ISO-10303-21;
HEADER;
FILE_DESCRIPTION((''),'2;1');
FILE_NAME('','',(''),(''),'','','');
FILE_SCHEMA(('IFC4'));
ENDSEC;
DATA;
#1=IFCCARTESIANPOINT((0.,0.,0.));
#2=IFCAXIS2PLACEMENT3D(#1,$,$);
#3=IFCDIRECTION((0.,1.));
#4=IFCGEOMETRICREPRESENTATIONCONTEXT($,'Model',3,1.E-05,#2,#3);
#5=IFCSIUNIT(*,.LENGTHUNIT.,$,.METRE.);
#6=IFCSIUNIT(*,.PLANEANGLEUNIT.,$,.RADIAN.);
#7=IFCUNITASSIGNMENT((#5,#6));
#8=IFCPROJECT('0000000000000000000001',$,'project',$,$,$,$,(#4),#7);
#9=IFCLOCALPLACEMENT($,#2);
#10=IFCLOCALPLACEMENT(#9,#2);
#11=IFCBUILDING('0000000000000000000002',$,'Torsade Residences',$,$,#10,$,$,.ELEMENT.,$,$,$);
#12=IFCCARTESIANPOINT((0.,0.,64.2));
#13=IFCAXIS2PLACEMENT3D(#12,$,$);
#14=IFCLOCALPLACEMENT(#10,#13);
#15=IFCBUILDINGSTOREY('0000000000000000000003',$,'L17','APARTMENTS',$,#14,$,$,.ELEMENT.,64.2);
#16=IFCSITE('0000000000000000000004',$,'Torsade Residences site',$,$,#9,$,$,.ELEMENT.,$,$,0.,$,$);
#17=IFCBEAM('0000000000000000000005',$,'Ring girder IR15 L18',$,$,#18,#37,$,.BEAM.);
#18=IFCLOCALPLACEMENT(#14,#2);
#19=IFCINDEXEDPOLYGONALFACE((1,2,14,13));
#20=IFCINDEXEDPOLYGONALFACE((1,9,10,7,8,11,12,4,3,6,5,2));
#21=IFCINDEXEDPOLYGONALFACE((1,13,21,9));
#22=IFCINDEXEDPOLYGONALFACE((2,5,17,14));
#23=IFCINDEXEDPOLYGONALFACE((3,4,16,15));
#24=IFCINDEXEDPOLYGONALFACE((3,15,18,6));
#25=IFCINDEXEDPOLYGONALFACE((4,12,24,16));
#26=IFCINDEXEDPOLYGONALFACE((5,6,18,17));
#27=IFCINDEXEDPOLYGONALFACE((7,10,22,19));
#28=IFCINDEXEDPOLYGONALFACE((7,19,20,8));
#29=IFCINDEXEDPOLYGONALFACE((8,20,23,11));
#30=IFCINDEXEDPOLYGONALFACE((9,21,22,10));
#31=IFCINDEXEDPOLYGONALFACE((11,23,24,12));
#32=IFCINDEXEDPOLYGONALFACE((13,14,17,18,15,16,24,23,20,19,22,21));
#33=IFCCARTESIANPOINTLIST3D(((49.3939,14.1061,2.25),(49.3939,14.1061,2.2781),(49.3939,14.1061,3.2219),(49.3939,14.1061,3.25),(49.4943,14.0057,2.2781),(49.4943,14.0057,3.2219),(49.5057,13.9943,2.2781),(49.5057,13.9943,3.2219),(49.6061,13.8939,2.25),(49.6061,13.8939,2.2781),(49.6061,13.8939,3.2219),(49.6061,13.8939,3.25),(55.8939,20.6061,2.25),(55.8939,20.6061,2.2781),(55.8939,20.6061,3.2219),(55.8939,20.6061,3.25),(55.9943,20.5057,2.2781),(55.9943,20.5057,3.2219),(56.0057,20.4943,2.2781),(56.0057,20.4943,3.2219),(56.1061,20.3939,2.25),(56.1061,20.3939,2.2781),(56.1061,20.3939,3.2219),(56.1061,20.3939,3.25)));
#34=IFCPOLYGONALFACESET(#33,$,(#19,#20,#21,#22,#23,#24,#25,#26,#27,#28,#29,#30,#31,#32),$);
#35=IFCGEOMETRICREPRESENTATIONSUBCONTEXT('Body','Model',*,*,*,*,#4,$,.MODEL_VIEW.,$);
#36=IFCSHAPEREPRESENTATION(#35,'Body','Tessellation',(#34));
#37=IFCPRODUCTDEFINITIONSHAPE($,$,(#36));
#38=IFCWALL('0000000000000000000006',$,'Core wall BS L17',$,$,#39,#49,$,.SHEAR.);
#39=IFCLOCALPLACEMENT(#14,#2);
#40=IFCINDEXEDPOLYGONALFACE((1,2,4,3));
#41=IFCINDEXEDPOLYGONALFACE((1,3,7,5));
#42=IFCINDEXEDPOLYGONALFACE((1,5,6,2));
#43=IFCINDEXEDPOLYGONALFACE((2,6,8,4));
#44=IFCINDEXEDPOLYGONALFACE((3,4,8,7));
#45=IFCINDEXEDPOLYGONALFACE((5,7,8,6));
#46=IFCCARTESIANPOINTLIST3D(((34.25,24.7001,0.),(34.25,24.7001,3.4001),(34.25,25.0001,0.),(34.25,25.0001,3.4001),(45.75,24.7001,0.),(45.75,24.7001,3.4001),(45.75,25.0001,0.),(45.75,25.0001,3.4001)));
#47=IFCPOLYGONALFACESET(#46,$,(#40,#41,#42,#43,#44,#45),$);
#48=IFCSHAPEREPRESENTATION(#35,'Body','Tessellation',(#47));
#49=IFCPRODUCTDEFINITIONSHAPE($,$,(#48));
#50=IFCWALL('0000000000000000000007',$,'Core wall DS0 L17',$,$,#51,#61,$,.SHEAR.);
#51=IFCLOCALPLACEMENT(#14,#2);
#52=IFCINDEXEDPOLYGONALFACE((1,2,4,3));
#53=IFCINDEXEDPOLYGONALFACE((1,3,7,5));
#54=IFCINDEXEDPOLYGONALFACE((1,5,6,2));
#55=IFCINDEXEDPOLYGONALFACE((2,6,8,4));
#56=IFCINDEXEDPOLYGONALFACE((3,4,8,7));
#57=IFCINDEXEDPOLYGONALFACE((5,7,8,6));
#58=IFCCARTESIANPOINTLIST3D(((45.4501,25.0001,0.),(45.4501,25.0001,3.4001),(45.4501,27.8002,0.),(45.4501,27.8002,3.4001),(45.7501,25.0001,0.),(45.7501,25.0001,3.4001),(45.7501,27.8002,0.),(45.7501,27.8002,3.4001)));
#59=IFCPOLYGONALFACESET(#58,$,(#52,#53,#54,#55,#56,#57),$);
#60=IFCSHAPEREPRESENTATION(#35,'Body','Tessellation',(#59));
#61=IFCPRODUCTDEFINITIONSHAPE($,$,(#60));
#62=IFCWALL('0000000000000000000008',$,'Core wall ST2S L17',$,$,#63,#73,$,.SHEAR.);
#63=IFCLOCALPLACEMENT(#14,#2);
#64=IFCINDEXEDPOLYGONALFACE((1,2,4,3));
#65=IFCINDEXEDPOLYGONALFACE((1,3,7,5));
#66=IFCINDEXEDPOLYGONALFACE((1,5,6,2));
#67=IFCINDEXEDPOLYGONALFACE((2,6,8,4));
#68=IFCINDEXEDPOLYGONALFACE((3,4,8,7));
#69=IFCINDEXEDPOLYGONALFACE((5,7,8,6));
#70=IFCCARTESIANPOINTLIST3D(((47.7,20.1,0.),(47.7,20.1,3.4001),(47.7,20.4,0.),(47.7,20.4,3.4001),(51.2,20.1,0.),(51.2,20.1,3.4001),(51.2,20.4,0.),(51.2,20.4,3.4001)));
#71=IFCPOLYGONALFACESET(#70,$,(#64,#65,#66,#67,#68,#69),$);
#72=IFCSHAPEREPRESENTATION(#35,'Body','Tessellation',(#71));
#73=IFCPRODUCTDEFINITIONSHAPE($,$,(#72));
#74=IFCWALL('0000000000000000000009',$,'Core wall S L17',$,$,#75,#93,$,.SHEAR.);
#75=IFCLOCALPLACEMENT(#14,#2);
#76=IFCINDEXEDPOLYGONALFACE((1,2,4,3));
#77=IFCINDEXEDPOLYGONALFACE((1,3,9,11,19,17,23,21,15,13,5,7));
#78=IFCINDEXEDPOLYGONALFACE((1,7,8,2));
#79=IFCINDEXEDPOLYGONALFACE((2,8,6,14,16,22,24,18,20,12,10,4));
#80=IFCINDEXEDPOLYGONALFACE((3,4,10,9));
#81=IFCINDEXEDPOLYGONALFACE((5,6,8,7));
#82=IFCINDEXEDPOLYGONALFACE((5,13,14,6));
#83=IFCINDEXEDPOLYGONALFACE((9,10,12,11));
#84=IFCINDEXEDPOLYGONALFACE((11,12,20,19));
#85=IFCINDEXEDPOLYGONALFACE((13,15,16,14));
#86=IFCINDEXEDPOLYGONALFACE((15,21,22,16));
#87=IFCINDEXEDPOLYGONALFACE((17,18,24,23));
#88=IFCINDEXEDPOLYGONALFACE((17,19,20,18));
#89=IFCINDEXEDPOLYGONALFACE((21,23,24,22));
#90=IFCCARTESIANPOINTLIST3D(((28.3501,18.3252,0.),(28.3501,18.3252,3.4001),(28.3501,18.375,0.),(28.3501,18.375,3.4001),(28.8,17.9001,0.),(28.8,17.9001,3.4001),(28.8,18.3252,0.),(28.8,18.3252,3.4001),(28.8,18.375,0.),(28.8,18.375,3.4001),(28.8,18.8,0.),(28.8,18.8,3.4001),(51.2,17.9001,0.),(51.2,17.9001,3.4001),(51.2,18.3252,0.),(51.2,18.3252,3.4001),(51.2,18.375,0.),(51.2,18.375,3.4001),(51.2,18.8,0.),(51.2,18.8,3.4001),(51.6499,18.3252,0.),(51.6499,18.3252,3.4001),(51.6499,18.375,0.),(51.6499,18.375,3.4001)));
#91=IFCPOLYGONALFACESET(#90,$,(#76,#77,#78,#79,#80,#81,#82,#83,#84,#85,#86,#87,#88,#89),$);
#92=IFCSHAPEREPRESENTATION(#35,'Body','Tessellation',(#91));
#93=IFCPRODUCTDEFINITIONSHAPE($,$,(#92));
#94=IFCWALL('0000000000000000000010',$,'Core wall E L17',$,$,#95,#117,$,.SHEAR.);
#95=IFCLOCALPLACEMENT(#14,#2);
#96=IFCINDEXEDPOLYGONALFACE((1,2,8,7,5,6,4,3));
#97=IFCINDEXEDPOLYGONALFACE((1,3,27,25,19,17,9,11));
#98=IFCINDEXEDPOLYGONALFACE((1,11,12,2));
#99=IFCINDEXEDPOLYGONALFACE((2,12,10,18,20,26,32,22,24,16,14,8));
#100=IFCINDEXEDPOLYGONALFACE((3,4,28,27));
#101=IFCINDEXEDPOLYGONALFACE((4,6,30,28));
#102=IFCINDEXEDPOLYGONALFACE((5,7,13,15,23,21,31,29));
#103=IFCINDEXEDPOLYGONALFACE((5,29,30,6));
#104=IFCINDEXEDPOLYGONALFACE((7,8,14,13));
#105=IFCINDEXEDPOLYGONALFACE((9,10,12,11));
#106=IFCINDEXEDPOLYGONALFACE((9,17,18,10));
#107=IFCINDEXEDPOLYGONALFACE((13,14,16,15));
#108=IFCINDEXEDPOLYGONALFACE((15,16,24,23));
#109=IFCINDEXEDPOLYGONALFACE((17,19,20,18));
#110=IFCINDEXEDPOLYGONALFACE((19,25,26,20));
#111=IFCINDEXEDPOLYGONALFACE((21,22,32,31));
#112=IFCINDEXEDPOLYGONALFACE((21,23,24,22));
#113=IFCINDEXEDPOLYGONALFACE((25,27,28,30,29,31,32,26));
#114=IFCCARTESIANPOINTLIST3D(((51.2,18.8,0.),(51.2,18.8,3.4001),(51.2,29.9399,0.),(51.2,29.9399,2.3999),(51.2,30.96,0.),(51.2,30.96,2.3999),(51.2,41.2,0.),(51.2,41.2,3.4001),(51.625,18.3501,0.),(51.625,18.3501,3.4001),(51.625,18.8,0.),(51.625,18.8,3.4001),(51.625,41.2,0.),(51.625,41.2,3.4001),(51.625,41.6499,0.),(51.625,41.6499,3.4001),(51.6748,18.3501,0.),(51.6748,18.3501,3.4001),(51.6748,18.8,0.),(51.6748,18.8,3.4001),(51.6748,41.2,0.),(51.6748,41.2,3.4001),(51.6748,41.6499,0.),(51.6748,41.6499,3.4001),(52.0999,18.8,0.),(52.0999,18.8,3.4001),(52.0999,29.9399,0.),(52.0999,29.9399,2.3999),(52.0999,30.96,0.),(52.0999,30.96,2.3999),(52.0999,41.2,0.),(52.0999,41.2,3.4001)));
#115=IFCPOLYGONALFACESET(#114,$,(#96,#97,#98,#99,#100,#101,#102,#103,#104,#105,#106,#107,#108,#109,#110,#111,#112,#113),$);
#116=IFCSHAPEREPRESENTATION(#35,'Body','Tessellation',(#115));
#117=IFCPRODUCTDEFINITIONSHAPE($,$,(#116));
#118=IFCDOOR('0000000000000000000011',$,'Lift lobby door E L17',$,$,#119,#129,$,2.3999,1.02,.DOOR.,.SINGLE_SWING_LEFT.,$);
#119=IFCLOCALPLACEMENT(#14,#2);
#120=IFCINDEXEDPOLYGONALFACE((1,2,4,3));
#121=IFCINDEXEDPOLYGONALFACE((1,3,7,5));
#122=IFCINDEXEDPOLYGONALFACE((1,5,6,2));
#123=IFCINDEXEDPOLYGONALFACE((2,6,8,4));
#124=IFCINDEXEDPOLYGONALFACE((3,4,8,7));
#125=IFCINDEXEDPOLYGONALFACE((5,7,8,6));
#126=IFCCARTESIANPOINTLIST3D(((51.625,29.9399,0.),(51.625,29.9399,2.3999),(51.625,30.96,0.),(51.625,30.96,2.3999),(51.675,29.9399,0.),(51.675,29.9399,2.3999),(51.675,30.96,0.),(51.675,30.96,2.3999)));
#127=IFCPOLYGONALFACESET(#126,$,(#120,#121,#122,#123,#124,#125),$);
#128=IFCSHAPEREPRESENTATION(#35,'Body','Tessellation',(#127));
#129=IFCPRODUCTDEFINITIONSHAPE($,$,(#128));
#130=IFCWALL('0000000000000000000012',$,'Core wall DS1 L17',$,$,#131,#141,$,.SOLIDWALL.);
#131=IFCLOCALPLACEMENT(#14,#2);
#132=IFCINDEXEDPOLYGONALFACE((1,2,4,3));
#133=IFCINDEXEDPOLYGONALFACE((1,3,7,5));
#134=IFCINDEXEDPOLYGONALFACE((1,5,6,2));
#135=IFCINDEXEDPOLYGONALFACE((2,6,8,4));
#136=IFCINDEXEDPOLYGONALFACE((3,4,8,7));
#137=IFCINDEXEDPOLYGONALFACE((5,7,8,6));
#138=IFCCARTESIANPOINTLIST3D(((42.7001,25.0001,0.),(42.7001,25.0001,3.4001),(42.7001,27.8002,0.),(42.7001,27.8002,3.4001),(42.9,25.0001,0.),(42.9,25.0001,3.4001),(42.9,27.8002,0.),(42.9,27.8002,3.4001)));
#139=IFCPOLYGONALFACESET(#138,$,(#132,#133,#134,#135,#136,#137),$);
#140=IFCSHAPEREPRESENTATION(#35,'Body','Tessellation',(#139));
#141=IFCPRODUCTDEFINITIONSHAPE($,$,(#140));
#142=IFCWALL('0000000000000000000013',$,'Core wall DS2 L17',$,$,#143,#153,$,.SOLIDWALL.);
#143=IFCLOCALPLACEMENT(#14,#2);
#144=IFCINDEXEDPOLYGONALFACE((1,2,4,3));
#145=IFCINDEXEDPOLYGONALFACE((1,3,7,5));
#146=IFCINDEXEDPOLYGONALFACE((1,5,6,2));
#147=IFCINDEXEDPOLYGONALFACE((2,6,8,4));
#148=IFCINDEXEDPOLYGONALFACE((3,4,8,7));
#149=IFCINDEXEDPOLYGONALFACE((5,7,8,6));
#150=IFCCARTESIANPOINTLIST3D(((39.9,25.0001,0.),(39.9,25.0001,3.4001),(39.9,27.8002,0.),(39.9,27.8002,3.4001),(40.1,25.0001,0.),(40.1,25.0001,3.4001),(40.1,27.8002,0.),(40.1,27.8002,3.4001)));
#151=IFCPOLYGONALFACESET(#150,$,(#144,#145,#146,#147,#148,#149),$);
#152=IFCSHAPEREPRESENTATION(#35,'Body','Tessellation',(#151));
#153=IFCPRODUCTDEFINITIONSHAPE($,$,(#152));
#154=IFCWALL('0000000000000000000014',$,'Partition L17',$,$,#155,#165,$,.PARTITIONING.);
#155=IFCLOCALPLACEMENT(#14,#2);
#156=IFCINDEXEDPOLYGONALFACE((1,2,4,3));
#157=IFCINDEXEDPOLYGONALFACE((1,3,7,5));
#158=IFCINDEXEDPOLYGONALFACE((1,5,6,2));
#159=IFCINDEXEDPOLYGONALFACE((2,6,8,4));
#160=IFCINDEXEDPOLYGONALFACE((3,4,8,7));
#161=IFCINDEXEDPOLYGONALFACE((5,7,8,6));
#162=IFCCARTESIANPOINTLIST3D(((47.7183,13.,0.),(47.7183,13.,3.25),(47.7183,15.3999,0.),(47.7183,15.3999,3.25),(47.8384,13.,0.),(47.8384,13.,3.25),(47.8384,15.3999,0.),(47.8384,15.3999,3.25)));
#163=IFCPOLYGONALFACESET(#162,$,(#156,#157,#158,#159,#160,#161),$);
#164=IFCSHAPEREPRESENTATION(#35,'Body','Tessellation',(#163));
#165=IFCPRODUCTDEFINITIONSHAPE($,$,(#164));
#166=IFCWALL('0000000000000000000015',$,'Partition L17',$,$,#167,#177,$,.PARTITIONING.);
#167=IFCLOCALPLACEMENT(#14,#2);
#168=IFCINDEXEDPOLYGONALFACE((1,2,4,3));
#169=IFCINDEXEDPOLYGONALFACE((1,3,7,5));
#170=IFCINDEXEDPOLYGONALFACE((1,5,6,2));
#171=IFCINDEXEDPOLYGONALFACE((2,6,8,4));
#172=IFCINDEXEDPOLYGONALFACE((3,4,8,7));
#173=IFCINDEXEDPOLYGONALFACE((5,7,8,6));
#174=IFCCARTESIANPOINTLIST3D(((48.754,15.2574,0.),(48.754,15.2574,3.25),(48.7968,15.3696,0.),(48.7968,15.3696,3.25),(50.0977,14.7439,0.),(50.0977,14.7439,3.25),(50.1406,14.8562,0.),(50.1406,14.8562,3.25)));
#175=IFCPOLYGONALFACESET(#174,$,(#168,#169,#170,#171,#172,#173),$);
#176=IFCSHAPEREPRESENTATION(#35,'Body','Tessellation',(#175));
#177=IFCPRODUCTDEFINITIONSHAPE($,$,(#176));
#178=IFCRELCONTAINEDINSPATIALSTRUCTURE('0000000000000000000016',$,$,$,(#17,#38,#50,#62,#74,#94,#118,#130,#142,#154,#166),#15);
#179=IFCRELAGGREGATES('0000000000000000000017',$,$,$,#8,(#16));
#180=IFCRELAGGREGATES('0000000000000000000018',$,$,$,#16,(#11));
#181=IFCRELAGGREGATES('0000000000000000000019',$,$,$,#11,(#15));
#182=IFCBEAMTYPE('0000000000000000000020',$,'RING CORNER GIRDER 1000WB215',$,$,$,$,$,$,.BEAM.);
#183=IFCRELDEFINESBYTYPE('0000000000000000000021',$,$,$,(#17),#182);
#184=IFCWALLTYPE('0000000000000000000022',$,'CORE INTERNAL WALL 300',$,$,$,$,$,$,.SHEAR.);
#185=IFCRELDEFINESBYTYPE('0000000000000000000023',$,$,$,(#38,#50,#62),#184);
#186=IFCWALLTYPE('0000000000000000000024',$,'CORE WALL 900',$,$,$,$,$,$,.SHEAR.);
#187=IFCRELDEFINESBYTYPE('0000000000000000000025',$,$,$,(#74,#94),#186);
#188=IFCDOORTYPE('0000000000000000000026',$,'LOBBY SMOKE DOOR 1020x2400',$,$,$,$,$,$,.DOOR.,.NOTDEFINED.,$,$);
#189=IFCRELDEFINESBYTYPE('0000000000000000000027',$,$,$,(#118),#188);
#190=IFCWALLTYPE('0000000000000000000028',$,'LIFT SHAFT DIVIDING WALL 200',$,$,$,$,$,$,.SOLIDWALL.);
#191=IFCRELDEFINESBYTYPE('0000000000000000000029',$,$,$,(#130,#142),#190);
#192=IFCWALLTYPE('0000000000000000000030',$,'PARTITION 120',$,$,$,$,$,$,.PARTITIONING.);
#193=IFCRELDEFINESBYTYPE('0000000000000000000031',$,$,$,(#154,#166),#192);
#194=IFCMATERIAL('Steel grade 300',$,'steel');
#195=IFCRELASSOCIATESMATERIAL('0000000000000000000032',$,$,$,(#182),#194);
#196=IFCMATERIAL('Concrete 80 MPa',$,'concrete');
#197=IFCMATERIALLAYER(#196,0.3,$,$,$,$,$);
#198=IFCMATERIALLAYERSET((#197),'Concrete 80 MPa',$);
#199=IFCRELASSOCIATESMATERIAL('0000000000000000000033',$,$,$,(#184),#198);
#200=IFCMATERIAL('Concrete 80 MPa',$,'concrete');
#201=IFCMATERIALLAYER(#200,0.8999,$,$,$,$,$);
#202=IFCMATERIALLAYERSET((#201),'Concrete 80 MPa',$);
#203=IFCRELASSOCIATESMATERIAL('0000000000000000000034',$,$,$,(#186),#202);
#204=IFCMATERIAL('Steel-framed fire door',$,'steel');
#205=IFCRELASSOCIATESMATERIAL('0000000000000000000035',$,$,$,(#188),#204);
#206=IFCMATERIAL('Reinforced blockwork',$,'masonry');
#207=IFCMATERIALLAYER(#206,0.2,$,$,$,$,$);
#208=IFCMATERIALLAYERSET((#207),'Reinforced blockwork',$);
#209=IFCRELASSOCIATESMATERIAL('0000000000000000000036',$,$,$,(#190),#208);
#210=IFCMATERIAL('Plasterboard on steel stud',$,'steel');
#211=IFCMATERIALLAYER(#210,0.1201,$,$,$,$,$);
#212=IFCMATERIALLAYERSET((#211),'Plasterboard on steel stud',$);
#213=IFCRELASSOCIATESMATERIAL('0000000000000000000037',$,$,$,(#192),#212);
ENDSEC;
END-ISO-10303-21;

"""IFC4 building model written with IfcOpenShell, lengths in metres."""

from ifc_helpers import new_model, si_unit, direction, frame, frame_2d, origin, origin_2d, place, context, subcontext, project, spatial, polyline, rectangle, i_section, outline, extrude, material, layer, layer_set, material_profile, profile_set, type_object, element, fill, save


model = new_model("IFC4")

# Units and contexts
model_context = context("Model", 3, precision=1e-05, world=origin(), true_north=direction((0.0, 1.0)))
body_context = subcontext(model_context, "Body", "Model", "MODEL_VIEW")
ifc_project = project(units=[si_unit("LENGTHUNIT", "METRE"), si_unit("PLANEANGLEUNIT", "RADIAN")], contexts=[model_context])

# Site, building, storey
site_placement = place(None, origin())
site = spatial("IfcSite", under=ifc_project, at=site_placement, Name="Torsade Residences site", CompositionType="ELEMENT", RefElevation=0.0)
building_placement = place(site_placement, origin())
building = spatial("IfcBuilding", under=site, at=building_placement, Name="Torsade Residences", CompositionType="ELEMENT")
storey_placement = place(building_placement, frame((0.0, 0.0, 64.2)))
storey = spatial("IfcBuildingStorey", under=building, at=storey_placement, Name="L17", Description="APARTMENTS", CompositionType="ELEMENT", Elevation=64.2)

# Beam
ifc_material_1 = material(Name="Steel grade 300", Category="steel")
ifc_material_profile_1 = material_profile(ifc_material_1, i_section(OverallWidth=0.3, OverallDepth=1.0, WebThickness=0.0161, FlangeThickness=0.0281, at=origin_2d()), Name="1000WB215")
ifc_profile_set_1 = profile_set([ifc_material_profile_1], Name="Steel grade 300")
beam_type_1 = type_object("IfcBeamType", Name="RING CORNER GIRDER 1000WB215", PredefinedType="BEAM", material=ifc_profile_set_1)
beam_1_placement = place(storey_placement, frame((49.5, 14.0, 2.75), z_axis=(0.707107, 0.707107, 0.0), x_axis=(-0.707107, 0.707107, 0.0)))
element("IfcBeam", 1, at=beam_1_placement, inside=storey, type_object=beam_type_1, Name="Ring girder IR15 L18", PredefinedType="BEAM", context=body_context, shape_type="SweptSolid", body=[
    extrude(i_section(OverallWidth=0.3, OverallDepth=1.0, WebThickness=0.0161, FlangeThickness=0.0281, at=origin_2d()), origin(), (0.0, 0.0, 1.0), 9.1924),
])

# Walls
ifc_material_2 = material(Name="Concrete 80 MPa", Category="concrete")
ifc_layer_1 = layer(ifc_material_2, 0.3)
ifc_layer_set_1 = layer_set([ifc_layer_1], Name="Concrete 80 MPa")
wall_type_1 = type_object("IfcWallType", Name="CORE INTERNAL WALL 300", PredefinedType="SHEAR", material=ifc_layer_set_1)
wall_1_placement = place(storey_placement, frame((45.75, 24.8501, 0.0), z_axis=(0.0, 0.0, 1.0), x_axis=(-1.0, 0.0, 0.0)))
element("IfcWall", 2, at=wall_1_placement, inside=storey, type_object=wall_type_1, Name="Core wall BS L17", PredefinedType="SHEAR", context=body_context, shape_type="SweptSolid", body=[
    extrude(rectangle(XDim=11.5, YDim=0.3, at=frame_2d((5.75, 0.0))), origin(), (0.0, 0.0, 1.0), 3.4001),
])
wall_2_placement = place(storey_placement, frame((45.6001, 27.8, 0.0), z_axis=(0.0, 0.0, 1.0), x_axis=(0.0, -1.0, 0.0)))
element("IfcWall", 3, at=wall_2_placement, inside=storey, type_object=wall_type_1, Name="Core wall DS0 L17", PredefinedType="SHEAR", context=body_context, shape_type="SweptSolid", body=[
    extrude(rectangle(XDim=2.8, YDim=0.3, at=frame_2d((1.3999, 0.0))), origin(), (0.0, 0.0, 1.0), 3.4001),
])
wall_3_placement = place(storey_placement, frame((51.2, 20.25, 0.0), z_axis=(0.0, 0.0, 1.0), x_axis=(-1.0, 0.0, 0.0)))
element("IfcWall", 4, at=wall_3_placement, inside=storey, type_object=wall_type_1, Name="Core wall ST2S L17", PredefinedType="SHEAR", context=body_context, shape_type="SweptSolid", body=[
    extrude(rectangle(XDim=3.5, YDim=0.3, at=frame_2d((1.75, 0.0))), origin(), (0.0, 0.0, 1.0), 3.4001),
])
ifc_material_3 = material(Name="Concrete 80 MPa", Category="concrete")
ifc_layer_2 = layer(ifc_material_3, 0.8999)
ifc_layer_set_2 = layer_set([ifc_layer_2], Name="Concrete 80 MPa")
wall_type_2 = type_object("IfcWallType", Name="CORE WALL 900", PredefinedType="SHEAR", material=ifc_layer_set_2)
wall_4_placement = place(storey_placement, frame((51.2, 18.3501, 0.0), z_axis=(0.0, 0.0, 1.0), x_axis=(-1.0, 0.0, 0.0)))
element("IfcWall", 5, at=wall_4_placement, inside=storey, type_object=wall_type_2, Name="Core wall S L17", PredefinedType="SHEAR", context=body_context, shape_type="SweptSolid", body=[
    extrude(outline(polyline([(0.0, -0.45), (22.3999, -0.45), (22.3999, -0.0249), (22.8499, -0.0249), (22.8499, 0.0249), (22.3999, 0.0249), (22.3999, 0.45), (0.0, 0.45), (0.0, 0.0249), (-0.45, 0.0249), (-0.45, -0.0249), (0.0, -0.0249), (0.0, -0.45)])), origin(), (0.0, 0.0, 1.0), 3.4001),
])

# Wall, opening, door
wall_5_placement = place(storey_placement, frame((51.6499, 18.8, 0.0), z_axis=(0.0, 0.0, 1.0), x_axis=(0.0, 1.0, 0.0)))
wall_5 = element("IfcWall", 6, at=wall_5_placement, inside=storey, type_object=wall_type_2, Name="Core wall E L17", PredefinedType="SHEAR", context=body_context, shape_type="SweptSolid", body=[
    extrude(outline(polyline([(0.0, -0.45), (22.3999, -0.45), (22.3999, -0.0249), (22.8499, -0.0249), (22.8499, 0.0249), (22.3999, 0.0249), (22.3999, 0.45), (0.0, 0.45), (0.0, 0.0249), (-0.45, 0.0249), (-0.45, -0.0249), (0.0, -0.0249), (0.0, -0.45)])), origin(), (0.0, 0.0, 1.0), 3.4001),
])
opening_placement = place(wall_5_placement, frame((11.1399, 0.0, 0.0)))
opening = element("IfcOpeningElement", 7, at=opening_placement, cuts=wall_5, PredefinedType="OPENING", context=body_context, shape_type="SweptSolid", body=[
    extrude(rectangle(XDim=1.02, YDim=2.3999, at=frame_2d((0.51, 1.2))), frame((0.0, 0.46, 0.0), z_axis=(0.0, -1.0, 0.0), x_axis=(1.0, 0.0, 0.0)), (0.0, 0.0, 1.0), 0.9199),
])
ifc_material_4 = material(Name="Steel-framed fire door", Category="steel")
door_type = type_object("IfcDoorType", Name="LOBBY SMOKE DOOR 1020x2400", OperationType="NOTDEFINED", PredefinedType="DOOR", material=ifc_material_4)
door_placement = place(opening_placement, origin())
door = element("IfcDoor", 8, at=door_placement, inside=storey, type_object=door_type, Name="Lift lobby door E L17", OperationType="SINGLE_SWING_LEFT", OverallHeight=2.3999, OverallWidth=1.02, PredefinedType="DOOR", context=body_context, shape_type="SweptSolid", body=[
    extrude(rectangle(XDim=1.02, YDim=2.3999, at=frame_2d((0.51, 1.2))), frame((0.0, 0.0249, 0.0), z_axis=(0.0, -1.0, 0.0), x_axis=(1.0, 0.0, 0.0)), (0.0, 0.0, 1.0), 0.05),
])
fill(opening, door)

# Walls
ifc_material_5 = material(Name="Reinforced blockwork", Category="masonry")
ifc_layer_3 = layer(ifc_material_5, 0.2)
ifc_layer_set_3 = layer_set([ifc_layer_3], Name="Reinforced blockwork")
wall_type_3 = type_object("IfcWallType", Name="LIFT SHAFT DIVIDING WALL 200", PredefinedType="SOLIDWALL", material=ifc_layer_set_3)
for number, where, z_axis, x_axis, name in (
    (9, (42.8, 27.8, 0.0), (0.0, 0.0, 1.0), (0.0, -1.0, 0.0), "Core wall DS1 L17"),
    (10, (40.0, 27.8, 0.0), (0.0, 0.0, 1.0), (0.0, -1.0, 0.0), "Core wall DS2 L17"),
):
    element("IfcWall", number, at=place(storey_placement, frame(where, z_axis=z_axis, x_axis=x_axis)), inside=storey, type_object=wall_type_3, Name=name, PredefinedType="SOLIDWALL", context=body_context, shape_type="SweptSolid", body=[
        extrude(rectangle(XDim=2.8, YDim=0.2, at=frame_2d((1.3999, 0.0))), origin(), (0.0, 0.0, 1.0), 3.4001),
    ])
ifc_material_6 = material(Name="Plasterboard on steel stud", Category="steel")
ifc_layer_4 = layer(ifc_material_6, 0.1201)
ifc_layer_set_4 = layer_set([ifc_layer_4], Name="Plasterboard on steel stud")
wall_type_4 = type_object("IfcWallType", Name="PARTITION 120", PredefinedType="PARTITIONING", material=ifc_layer_set_4)
wall_6_placement = place(storey_placement, frame((47.7783, 15.3999, 0.0), z_axis=(0.0, 0.0, 1.0), x_axis=(0.0, -1.0, 0.0)))
element("IfcWall", 11, at=wall_6_placement, inside=storey, type_object=wall_type_4, Name="Partition L17", PredefinedType="PARTITIONING", context=body_context, shape_type="SweptSolid", body=[
    extrude(rectangle(XDim=2.3999, YDim=0.1201, at=frame_2d((1.2, 0.0))), origin(), (0.0, 0.0, 1.0), 3.25),
])
wall_7_placement = place(storey_placement, frame((50.1191, 14.8, 0.0), z_axis=(0.0, 0.0, 1.0), x_axis=(-0.934135, 0.35692, 0.0)))
element("IfcWall", 12, at=wall_7_placement, inside=storey, type_object=wall_type_4, Name="Partition L17", PredefinedType="PARTITIONING", context=body_context, shape_type="SweptSolid", body=[
    extrude(rectangle(XDim=1.4385, YDim=0.1201, at=frame_2d((0.7192, 0.0))), origin(), (0.0, 0.0, 1.0), 3.25),
])

save(model, "model.ifc")
